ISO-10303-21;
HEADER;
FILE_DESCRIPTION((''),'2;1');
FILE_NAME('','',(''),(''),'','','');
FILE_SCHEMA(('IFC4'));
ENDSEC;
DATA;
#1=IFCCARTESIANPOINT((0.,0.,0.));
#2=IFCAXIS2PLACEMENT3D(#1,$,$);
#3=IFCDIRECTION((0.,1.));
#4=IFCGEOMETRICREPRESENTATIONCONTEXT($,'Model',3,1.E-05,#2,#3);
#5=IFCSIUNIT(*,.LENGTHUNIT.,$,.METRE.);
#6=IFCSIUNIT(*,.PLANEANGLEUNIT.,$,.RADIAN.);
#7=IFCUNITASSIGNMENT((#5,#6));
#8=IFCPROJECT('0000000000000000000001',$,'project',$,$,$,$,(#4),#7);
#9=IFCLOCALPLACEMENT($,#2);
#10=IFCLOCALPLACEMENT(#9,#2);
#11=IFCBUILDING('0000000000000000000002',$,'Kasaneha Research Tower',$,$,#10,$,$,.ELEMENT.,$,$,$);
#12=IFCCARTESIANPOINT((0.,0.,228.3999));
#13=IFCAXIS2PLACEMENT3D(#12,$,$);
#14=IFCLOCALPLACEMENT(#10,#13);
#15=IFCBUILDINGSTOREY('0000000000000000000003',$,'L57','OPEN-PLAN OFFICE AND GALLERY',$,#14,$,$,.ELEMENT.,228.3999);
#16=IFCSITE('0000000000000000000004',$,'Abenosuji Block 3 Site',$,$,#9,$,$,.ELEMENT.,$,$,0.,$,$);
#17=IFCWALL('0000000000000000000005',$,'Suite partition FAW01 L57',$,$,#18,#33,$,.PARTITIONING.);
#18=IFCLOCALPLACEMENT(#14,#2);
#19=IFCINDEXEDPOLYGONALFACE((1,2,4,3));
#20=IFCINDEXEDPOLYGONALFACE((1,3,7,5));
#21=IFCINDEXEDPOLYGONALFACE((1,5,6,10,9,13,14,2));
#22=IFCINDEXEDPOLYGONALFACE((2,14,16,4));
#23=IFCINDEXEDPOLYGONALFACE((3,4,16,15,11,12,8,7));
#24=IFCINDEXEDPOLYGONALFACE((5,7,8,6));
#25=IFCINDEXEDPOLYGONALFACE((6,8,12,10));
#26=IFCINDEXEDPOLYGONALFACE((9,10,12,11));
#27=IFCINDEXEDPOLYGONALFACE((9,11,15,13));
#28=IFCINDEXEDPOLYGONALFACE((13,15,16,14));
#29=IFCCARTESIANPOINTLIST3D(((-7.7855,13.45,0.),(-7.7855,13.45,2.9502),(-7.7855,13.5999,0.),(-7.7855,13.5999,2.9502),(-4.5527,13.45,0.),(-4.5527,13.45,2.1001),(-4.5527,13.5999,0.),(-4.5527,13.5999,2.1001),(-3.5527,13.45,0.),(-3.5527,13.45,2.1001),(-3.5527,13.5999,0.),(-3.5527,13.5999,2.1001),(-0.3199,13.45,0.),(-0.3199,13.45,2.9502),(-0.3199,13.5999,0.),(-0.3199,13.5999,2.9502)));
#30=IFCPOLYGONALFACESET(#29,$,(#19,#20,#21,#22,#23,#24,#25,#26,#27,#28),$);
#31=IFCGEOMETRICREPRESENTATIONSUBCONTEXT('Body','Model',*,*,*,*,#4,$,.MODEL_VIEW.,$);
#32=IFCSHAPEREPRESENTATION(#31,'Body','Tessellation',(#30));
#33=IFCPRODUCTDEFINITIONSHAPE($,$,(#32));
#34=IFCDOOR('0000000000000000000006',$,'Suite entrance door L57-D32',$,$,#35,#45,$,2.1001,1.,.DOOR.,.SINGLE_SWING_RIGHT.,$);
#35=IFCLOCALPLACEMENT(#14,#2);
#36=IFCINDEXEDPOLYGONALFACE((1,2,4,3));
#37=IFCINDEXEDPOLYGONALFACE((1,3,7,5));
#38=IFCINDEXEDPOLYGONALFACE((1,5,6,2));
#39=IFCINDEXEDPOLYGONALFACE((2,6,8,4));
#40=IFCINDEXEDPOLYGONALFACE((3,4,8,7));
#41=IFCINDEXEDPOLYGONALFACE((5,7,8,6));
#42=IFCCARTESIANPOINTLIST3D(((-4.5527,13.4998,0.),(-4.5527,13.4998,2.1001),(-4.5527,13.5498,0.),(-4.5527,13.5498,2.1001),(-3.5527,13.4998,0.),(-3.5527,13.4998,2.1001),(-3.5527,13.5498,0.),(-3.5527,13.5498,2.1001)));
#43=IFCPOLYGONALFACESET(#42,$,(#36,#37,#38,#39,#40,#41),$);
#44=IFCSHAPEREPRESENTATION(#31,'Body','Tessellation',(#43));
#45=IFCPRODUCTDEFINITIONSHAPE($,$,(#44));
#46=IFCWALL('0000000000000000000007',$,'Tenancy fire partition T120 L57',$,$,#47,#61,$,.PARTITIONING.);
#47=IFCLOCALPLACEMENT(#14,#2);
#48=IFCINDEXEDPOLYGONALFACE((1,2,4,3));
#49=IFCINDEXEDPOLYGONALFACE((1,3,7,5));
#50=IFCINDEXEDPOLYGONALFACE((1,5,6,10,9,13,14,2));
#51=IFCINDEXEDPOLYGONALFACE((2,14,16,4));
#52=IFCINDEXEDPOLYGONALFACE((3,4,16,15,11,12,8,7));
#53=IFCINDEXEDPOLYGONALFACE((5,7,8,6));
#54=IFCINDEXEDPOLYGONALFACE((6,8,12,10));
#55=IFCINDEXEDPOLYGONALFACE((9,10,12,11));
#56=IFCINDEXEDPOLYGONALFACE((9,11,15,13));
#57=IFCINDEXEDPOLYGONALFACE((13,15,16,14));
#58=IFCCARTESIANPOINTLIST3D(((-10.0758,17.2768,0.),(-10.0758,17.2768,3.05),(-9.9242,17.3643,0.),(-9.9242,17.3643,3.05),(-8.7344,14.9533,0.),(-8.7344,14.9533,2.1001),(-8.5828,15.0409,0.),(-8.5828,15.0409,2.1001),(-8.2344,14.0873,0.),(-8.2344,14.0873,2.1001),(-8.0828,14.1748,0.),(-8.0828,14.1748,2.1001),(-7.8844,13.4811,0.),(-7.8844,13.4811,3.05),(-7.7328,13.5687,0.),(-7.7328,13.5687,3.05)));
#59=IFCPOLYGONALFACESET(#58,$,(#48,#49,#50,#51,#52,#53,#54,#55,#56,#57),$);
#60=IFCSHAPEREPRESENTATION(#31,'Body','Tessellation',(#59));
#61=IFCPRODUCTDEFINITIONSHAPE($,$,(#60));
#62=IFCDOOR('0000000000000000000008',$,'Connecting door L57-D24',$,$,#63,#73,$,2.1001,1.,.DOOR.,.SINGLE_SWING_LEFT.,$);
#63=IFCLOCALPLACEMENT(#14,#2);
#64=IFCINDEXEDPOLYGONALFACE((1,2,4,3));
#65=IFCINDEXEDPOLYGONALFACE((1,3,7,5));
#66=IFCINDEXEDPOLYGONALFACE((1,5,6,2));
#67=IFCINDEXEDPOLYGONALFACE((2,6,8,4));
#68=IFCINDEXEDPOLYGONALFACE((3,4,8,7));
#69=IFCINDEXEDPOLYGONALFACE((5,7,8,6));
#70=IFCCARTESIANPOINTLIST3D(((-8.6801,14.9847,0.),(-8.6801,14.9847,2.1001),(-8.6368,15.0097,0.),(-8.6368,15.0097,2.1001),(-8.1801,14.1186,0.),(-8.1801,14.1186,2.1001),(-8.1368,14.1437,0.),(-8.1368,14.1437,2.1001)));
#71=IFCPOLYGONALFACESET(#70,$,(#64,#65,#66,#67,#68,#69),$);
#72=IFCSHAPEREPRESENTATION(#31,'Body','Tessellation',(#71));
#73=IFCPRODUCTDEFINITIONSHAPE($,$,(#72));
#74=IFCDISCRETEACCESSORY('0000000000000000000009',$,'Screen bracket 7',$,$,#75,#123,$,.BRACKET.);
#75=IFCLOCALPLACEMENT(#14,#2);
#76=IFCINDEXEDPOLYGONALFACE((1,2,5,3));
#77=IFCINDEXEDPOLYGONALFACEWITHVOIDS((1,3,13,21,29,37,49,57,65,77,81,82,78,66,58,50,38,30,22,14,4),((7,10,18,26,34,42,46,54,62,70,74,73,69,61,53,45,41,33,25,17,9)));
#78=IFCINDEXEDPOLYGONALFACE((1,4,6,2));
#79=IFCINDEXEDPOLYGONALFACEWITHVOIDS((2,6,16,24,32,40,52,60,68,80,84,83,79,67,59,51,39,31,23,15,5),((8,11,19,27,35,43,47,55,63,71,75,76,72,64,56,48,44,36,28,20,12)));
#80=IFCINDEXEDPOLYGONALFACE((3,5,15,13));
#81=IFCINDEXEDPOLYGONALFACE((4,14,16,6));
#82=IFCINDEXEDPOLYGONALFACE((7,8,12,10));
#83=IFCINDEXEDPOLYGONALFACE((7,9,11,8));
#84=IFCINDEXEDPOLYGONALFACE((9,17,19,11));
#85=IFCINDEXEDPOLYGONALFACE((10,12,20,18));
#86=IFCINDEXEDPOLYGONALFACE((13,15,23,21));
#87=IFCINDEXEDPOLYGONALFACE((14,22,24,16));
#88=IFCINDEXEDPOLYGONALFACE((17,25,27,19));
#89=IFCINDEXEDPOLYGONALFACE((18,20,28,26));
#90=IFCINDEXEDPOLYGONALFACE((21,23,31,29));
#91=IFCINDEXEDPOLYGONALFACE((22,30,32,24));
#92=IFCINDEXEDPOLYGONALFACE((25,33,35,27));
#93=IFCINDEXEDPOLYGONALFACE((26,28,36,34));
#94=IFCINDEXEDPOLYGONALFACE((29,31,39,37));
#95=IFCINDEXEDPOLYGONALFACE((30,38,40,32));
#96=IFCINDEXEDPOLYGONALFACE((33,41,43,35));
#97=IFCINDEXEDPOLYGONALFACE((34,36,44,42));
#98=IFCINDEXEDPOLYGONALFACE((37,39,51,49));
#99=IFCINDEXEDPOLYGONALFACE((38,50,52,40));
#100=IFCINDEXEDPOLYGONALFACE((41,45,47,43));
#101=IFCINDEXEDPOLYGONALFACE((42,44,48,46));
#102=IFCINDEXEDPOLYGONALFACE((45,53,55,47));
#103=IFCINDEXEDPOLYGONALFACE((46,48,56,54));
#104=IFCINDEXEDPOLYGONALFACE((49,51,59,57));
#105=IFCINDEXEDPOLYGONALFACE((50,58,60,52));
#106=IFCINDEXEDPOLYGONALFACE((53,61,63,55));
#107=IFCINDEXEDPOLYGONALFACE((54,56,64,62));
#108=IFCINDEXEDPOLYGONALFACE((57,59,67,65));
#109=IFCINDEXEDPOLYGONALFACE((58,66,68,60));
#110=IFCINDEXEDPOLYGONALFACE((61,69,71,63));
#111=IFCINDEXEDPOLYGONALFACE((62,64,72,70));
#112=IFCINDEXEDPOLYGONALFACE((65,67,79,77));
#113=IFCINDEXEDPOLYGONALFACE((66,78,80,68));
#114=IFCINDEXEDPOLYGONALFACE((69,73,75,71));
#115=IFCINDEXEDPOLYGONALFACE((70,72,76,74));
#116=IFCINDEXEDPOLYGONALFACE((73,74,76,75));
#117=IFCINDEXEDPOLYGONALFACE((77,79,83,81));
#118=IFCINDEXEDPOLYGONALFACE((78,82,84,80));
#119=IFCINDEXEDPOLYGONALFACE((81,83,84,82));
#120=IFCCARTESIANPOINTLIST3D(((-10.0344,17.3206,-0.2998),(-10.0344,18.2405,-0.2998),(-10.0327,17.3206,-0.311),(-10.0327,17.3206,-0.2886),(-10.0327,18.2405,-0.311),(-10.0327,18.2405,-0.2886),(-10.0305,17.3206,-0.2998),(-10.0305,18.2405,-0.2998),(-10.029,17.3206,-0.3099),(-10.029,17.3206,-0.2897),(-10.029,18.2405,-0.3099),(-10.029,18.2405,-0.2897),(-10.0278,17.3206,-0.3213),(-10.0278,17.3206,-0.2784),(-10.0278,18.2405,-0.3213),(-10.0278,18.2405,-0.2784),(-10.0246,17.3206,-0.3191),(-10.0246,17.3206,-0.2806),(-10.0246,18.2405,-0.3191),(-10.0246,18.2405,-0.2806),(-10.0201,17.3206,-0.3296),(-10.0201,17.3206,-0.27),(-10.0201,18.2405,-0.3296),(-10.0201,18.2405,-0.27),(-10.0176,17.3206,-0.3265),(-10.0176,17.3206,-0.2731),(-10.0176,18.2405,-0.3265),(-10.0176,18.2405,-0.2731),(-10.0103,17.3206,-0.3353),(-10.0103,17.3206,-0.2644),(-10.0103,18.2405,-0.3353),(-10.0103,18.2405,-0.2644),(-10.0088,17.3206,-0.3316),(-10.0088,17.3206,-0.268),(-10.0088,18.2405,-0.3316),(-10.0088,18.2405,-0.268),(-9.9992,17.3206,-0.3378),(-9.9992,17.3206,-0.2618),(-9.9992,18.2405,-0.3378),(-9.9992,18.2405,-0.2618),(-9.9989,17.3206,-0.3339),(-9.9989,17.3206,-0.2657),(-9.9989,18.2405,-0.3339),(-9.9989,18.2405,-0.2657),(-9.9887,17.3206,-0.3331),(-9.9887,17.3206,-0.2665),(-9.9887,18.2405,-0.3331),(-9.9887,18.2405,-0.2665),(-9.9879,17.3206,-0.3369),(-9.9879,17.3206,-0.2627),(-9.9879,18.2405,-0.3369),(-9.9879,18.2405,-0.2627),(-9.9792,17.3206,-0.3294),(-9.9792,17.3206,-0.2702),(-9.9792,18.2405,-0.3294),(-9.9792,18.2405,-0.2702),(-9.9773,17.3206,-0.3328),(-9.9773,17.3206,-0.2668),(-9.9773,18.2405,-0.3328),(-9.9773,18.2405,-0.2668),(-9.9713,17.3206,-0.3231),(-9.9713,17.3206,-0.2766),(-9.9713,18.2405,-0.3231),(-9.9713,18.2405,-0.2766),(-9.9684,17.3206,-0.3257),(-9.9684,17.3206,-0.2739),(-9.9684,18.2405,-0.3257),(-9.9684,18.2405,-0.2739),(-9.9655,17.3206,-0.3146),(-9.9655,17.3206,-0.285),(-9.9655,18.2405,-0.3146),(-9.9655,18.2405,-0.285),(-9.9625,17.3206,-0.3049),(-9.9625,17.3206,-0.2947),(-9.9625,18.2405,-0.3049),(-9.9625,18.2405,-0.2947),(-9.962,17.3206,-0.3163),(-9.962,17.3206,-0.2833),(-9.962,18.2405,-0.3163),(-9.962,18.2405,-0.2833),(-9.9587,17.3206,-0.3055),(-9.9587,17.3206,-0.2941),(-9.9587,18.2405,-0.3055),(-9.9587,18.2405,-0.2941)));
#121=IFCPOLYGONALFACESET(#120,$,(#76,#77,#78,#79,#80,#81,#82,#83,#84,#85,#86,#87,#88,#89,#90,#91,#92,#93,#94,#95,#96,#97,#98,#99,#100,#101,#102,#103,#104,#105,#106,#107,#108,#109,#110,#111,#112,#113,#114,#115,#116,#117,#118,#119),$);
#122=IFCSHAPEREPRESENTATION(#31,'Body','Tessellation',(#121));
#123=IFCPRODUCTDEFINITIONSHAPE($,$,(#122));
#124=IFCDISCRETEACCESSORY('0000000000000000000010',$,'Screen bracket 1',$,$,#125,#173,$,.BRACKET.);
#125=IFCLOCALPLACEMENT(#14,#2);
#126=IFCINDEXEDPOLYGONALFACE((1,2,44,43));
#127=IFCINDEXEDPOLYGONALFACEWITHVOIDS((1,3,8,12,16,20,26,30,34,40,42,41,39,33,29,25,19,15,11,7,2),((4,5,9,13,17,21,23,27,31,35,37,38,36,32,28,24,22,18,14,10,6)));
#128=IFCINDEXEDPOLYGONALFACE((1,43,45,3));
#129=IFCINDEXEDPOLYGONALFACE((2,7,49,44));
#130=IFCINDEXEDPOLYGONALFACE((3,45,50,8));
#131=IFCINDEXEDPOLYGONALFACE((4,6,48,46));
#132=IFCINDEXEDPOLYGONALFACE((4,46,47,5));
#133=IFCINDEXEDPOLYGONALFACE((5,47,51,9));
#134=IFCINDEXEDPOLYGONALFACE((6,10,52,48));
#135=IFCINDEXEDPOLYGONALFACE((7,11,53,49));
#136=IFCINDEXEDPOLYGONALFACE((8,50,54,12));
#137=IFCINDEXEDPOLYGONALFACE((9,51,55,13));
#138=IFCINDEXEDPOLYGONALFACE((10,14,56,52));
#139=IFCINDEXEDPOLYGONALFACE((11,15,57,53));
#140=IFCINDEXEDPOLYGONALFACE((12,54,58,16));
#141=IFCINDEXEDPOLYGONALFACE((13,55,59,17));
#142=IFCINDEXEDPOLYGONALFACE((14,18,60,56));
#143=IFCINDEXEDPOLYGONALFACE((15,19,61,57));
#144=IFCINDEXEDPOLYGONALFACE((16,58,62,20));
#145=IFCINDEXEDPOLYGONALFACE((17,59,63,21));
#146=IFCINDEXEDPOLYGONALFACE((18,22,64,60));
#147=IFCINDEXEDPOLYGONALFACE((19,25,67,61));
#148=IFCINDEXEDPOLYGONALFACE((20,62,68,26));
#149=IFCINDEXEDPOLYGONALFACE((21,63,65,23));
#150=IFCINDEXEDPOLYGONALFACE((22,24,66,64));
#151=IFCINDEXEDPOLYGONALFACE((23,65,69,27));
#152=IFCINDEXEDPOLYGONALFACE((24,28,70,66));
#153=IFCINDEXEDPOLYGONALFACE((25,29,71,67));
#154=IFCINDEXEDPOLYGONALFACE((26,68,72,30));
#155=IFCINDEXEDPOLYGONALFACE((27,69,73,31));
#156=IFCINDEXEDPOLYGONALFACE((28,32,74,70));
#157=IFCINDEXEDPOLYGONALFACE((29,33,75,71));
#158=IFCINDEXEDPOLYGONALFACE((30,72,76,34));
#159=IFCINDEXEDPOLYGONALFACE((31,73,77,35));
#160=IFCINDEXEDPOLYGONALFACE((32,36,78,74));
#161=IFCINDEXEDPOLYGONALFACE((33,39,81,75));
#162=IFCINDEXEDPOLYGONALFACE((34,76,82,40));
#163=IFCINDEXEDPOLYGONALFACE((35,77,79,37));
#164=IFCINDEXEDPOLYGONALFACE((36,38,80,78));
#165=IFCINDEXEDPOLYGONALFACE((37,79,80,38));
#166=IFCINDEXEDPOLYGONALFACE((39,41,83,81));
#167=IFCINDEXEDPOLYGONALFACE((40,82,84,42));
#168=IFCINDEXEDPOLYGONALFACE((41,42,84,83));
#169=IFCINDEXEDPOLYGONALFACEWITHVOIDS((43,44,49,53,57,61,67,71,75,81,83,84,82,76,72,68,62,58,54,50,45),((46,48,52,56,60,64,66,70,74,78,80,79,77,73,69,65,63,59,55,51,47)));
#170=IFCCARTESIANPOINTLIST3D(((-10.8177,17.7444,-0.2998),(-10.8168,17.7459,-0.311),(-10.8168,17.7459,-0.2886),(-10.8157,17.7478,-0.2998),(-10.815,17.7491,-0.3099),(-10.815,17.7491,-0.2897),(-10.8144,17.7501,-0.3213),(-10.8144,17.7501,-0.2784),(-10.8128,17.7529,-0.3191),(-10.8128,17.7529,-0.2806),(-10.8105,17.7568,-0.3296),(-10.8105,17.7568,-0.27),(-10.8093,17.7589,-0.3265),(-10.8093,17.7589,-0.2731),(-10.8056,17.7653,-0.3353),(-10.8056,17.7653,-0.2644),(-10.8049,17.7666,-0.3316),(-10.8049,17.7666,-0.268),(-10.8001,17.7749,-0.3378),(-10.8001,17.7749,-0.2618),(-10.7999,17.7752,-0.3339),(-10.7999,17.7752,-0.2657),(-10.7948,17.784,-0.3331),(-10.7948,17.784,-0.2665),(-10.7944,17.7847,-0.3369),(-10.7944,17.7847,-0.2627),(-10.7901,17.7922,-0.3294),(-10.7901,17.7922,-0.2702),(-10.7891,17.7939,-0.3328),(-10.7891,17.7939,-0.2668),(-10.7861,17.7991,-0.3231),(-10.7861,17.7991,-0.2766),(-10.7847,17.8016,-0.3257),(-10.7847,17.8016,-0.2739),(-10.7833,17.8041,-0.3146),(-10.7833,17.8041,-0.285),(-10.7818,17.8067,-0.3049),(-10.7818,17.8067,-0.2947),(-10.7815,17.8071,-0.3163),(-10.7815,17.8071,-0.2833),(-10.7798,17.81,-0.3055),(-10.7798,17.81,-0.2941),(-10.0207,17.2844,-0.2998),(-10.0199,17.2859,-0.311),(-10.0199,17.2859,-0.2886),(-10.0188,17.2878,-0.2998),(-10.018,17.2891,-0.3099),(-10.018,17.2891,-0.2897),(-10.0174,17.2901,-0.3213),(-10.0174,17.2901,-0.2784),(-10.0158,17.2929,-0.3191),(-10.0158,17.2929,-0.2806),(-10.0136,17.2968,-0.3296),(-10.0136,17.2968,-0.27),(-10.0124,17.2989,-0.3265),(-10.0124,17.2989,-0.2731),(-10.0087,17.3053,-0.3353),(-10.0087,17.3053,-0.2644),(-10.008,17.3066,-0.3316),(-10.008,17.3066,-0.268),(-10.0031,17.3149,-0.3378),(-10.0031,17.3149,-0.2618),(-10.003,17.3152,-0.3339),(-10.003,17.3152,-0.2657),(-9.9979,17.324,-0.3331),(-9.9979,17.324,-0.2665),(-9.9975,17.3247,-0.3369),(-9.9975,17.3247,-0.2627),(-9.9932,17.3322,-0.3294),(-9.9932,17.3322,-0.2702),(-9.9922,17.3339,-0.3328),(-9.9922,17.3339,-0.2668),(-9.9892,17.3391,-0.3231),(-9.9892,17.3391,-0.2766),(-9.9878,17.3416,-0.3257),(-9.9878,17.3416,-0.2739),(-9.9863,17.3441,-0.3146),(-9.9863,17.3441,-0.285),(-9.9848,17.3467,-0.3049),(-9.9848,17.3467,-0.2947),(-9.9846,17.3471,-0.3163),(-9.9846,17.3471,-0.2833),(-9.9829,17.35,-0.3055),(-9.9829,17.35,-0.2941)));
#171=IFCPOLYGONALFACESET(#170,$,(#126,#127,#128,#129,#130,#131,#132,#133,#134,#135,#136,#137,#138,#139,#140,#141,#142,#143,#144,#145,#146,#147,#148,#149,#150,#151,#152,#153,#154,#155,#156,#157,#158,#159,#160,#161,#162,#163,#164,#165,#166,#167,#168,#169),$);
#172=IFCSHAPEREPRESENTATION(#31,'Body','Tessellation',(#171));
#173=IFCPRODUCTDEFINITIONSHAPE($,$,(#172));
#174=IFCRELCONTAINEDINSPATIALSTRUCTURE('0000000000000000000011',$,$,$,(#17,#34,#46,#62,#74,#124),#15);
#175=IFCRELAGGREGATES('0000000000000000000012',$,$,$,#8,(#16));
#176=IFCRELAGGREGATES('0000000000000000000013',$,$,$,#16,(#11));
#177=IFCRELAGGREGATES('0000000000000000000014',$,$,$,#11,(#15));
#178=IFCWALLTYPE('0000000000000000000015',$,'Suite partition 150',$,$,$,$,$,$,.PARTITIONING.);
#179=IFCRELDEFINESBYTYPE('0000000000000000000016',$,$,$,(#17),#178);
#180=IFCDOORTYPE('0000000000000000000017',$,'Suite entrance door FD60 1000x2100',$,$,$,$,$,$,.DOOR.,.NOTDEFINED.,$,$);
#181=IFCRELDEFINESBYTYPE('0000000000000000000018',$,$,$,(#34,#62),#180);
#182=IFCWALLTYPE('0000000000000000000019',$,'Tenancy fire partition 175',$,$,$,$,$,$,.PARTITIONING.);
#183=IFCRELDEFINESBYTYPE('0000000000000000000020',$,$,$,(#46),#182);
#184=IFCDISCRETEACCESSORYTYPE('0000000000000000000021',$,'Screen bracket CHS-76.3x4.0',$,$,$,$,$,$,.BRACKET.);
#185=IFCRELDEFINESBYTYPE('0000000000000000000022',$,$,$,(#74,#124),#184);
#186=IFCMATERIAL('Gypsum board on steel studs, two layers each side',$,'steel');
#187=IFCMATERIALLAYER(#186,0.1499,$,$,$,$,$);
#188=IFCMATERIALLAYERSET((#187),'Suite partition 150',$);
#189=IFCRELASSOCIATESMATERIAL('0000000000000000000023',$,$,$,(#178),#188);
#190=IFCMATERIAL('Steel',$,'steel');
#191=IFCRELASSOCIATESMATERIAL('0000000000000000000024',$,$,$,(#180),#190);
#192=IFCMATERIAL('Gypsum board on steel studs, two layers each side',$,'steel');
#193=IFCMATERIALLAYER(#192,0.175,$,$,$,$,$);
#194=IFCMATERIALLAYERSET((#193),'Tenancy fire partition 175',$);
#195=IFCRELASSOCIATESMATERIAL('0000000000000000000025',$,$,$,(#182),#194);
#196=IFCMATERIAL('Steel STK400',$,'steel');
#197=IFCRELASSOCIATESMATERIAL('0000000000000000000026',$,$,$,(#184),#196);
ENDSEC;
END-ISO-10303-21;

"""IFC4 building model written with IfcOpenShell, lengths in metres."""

from ifc_helpers import new_model, si_unit, direction, frame, frame_2d, origin, origin_2d, place, context, subcontext, project, spatial, rectangle, hollow_circle, extrude, material, layer, layer_set, material_profile, profile_set, type_object, element, fill, save


model = new_model("IFC4")

# Units and contexts
model_context = context("Model", 3, precision=1e-05, world=origin(), true_north=direction((0.0, 1.0)))
body_context = subcontext(model_context, "Body", "Model", "MODEL_VIEW")
ifc_project = project(units=[si_unit("LENGTHUNIT", "METRE"), si_unit("PLANEANGLEUNIT", "RADIAN")], contexts=[model_context])

# Site, building, storey
site_placement = place(None, origin())
site = spatial("IfcSite", under=ifc_project, at=site_placement, Name="Abenosuji Block 3 Site", CompositionType="ELEMENT", RefElevation=0.0)
building_placement = place(site_placement, origin())
building = spatial("IfcBuilding", under=site, at=building_placement, Name="Kasaneha Research Tower", CompositionType="ELEMENT")
storey_placement = place(building_placement, frame((0.0, 0.0, 228.3999)))
storey = spatial("IfcBuildingStorey", under=building, at=storey_placement, Name="L57", Description="OPEN-PLAN OFFICE AND GALLERY", CompositionType="ELEMENT", Elevation=228.3999)

# Walls, openings, doors
ifc_material_1 = material(Name="Gypsum board on steel studs, two layers each side", Category="steel")
ifc_layer_1 = layer(ifc_material_1, 0.1499)
ifc_layer_set_1 = layer_set([ifc_layer_1], Name="Suite partition 150")
wall_type_1 = type_object("IfcWallType", Name="Suite partition 150", PredefinedType="PARTITIONING", material=ifc_layer_set_1)
wall_1_placement = place(storey_placement, frame((-7.7856, 13.5249, 0.0), z_axis=(0.0, 0.0, 1.0), x_axis=(1.0, 0.0, 0.0)))
wall_1 = element("IfcWall", 1, at=wall_1_placement, inside=storey, type_object=wall_type_1, Name="Suite partition FAW01 L57", PredefinedType="PARTITIONING", context=body_context, shape_type="SweptSolid", body=[
    extrude(rectangle(XDim=7.4656, YDim=0.1499, at=frame_2d((3.7329, 0.0))), origin(), (0.0, 0.0, 1.0), 2.9502),
])
opening_1_placement = place(wall_1_placement, frame((3.2329, 0.0, 0.0)))
opening_1 = element("IfcOpeningElement", 2, at=opening_1_placement, cuts=wall_1, PredefinedType="OPENING", context=body_context, shape_type="SweptSolid", body=[
    extrude(rectangle(XDim=1.0, YDim=2.1001, at=frame_2d((0.5, 1.05))), frame((0.0, 0.085, 0.0), z_axis=(0.0, -1.0, 0.0), x_axis=(1.0, 0.0, 0.0)), (0.0, 0.0, 1.0), 0.1699),
])
ifc_material_2 = material(Name="Steel", Category="steel")
door_type_1 = type_object("IfcDoorType", Name="Suite entrance door FD60 1000x2100", OperationType="NOTDEFINED", PredefinedType="DOOR", material=ifc_material_2)
door_1_placement = place(opening_1_placement, origin())
door_1 = element("IfcDoor", 3, at=door_1_placement, inside=storey, type_object=door_type_1, Name="Suite entrance door L57-D32", OperationType="SINGLE_SWING_RIGHT", OverallHeight=2.1001, OverallWidth=1.0, PredefinedType="DOOR", context=body_context, shape_type="SweptSolid", body=[
    extrude(rectangle(XDim=1.0, YDim=2.1001, at=frame_2d((0.5, 1.05))), frame((0.0, 0.0249, 0.0), z_axis=(0.0, -1.0, 0.0), x_axis=(1.0, 0.0, 0.0)), (0.0, 0.0, 1.0), 0.05),
])
fill(opening_1, door_1)
ifc_material_3 = material(Name="Gypsum board on steel studs, two layers each side", Category="steel")
ifc_layer_2 = layer(ifc_material_3, 0.175)
ifc_layer_set_2 = layer_set([ifc_layer_2], Name="Tenancy fire partition 175")
wall_type_2 = type_object("IfcWallType", Name="Tenancy fire partition 175", PredefinedType="PARTITIONING", material=ifc_layer_set_2)
wall_2_placement = place(storey_placement, frame((-7.8086, 13.5249, 0.0), z_axis=(0.0, 0.0, 1.0), x_axis=(-0.499997, 0.866027, 0.0)))
wall_2 = element("IfcWall", 4, at=wall_2_placement, inside=storey, type_object=wall_type_2, Name="Tenancy fire partition T120 L57", PredefinedType="PARTITIONING", context=body_context, shape_type="SweptSolid", body=[
    extrude(rectangle(XDim=4.3828, YDim=0.175, at=frame_2d((2.1914, 0.0))), origin(), (0.0, 0.0, 1.0), 3.05),
])
opening_2_placement = place(wall_2_placement, frame((0.7, 0.0, 0.0)))
opening_2 = element("IfcOpeningElement", 5, at=opening_2_placement, cuts=wall_2, PredefinedType="OPENING", context=body_context, shape_type="SweptSolid", body=[
    extrude(rectangle(XDim=1.0, YDim=2.1001, at=frame_2d((0.5, 1.05))), frame((0.0, 0.0977, 0.0), z_axis=(0.0, -1.0, 0.0), x_axis=(1.0, 0.0, 0.0)), (0.0, 0.0, 1.0), 0.1951),
])
door_2_placement = place(opening_2_placement, origin())
door_2 = element("IfcDoor", 6, at=door_2_placement, inside=storey, type_object=door_type_1, Name="Connecting door L57-D24", OperationType="SINGLE_SWING_LEFT", OverallHeight=2.1001, OverallWidth=1.0, PredefinedType="DOOR", context=body_context, shape_type="SweptSolid", body=[
    extrude(rectangle(XDim=1.0, YDim=2.1001, at=frame_2d((0.5, 1.05))), frame((0.0, 0.0249, 0.0), z_axis=(0.0, -1.0, 0.0), x_axis=(1.0, 0.0, 0.0)), (0.0, 0.0, 1.0), 0.05),
])
fill(opening_2, door_2)

# Discrete accessories
ifc_material_4 = material(Name="Steel STK400", Category="steel")
ifc_material_profile_1 = material_profile(ifc_material_4, hollow_circle(Radius=0.0381, WallThickness=0.0039, at=origin_2d()), Name="CHS-76.3x4.0")
ifc_profile_set_1 = profile_set([ifc_material_profile_1], Name="Steel STK400")
discrete_accessory_type = type_object("IfcDiscreteAccessoryType", Name="Screen bracket CHS-76.3x4.0", PredefinedType="BRACKET", material=ifc_profile_set_1)
discrete_accessory_1_placement = place(storey_placement, frame((-9.9963, 17.3206, -0.2998), z_axis=(0.0, 1.0, 0.0), x_axis=(-1.0, 0.0, 0.0)))
element("IfcDiscreteAccessory", 7, at=discrete_accessory_1_placement, inside=storey, type_object=discrete_accessory_type, Name="Screen bracket 7", PredefinedType="BRACKET", context=body_context, shape_type="SweptSolid", body=[
    extrude(hollow_circle(Radius=0.0381, WallThickness=0.0039, at=origin_2d()), origin(), (0.0, 0.0, 1.0), 0.9199),
])
discrete_accessory_2_placement = place(storey_placement, frame((-10.0017, 17.3174, -0.2998), z_axis=(-0.86608, 0.499906, 0.0), x_axis=(-0.499906, -0.86608, 0.0)))
element("IfcDiscreteAccessory", 8, at=discrete_accessory_2_placement, inside=storey, type_object=discrete_accessory_type, Name="Screen bracket 1", PredefinedType="BRACKET", context=body_context, shape_type="SweptSolid", body=[
    extrude(hollow_circle(Radius=0.0381, WallThickness=0.0039, at=origin_2d()), origin(), (0.0, 0.0, 1.0), 0.9202),
])

save(model, "model.ifc")
